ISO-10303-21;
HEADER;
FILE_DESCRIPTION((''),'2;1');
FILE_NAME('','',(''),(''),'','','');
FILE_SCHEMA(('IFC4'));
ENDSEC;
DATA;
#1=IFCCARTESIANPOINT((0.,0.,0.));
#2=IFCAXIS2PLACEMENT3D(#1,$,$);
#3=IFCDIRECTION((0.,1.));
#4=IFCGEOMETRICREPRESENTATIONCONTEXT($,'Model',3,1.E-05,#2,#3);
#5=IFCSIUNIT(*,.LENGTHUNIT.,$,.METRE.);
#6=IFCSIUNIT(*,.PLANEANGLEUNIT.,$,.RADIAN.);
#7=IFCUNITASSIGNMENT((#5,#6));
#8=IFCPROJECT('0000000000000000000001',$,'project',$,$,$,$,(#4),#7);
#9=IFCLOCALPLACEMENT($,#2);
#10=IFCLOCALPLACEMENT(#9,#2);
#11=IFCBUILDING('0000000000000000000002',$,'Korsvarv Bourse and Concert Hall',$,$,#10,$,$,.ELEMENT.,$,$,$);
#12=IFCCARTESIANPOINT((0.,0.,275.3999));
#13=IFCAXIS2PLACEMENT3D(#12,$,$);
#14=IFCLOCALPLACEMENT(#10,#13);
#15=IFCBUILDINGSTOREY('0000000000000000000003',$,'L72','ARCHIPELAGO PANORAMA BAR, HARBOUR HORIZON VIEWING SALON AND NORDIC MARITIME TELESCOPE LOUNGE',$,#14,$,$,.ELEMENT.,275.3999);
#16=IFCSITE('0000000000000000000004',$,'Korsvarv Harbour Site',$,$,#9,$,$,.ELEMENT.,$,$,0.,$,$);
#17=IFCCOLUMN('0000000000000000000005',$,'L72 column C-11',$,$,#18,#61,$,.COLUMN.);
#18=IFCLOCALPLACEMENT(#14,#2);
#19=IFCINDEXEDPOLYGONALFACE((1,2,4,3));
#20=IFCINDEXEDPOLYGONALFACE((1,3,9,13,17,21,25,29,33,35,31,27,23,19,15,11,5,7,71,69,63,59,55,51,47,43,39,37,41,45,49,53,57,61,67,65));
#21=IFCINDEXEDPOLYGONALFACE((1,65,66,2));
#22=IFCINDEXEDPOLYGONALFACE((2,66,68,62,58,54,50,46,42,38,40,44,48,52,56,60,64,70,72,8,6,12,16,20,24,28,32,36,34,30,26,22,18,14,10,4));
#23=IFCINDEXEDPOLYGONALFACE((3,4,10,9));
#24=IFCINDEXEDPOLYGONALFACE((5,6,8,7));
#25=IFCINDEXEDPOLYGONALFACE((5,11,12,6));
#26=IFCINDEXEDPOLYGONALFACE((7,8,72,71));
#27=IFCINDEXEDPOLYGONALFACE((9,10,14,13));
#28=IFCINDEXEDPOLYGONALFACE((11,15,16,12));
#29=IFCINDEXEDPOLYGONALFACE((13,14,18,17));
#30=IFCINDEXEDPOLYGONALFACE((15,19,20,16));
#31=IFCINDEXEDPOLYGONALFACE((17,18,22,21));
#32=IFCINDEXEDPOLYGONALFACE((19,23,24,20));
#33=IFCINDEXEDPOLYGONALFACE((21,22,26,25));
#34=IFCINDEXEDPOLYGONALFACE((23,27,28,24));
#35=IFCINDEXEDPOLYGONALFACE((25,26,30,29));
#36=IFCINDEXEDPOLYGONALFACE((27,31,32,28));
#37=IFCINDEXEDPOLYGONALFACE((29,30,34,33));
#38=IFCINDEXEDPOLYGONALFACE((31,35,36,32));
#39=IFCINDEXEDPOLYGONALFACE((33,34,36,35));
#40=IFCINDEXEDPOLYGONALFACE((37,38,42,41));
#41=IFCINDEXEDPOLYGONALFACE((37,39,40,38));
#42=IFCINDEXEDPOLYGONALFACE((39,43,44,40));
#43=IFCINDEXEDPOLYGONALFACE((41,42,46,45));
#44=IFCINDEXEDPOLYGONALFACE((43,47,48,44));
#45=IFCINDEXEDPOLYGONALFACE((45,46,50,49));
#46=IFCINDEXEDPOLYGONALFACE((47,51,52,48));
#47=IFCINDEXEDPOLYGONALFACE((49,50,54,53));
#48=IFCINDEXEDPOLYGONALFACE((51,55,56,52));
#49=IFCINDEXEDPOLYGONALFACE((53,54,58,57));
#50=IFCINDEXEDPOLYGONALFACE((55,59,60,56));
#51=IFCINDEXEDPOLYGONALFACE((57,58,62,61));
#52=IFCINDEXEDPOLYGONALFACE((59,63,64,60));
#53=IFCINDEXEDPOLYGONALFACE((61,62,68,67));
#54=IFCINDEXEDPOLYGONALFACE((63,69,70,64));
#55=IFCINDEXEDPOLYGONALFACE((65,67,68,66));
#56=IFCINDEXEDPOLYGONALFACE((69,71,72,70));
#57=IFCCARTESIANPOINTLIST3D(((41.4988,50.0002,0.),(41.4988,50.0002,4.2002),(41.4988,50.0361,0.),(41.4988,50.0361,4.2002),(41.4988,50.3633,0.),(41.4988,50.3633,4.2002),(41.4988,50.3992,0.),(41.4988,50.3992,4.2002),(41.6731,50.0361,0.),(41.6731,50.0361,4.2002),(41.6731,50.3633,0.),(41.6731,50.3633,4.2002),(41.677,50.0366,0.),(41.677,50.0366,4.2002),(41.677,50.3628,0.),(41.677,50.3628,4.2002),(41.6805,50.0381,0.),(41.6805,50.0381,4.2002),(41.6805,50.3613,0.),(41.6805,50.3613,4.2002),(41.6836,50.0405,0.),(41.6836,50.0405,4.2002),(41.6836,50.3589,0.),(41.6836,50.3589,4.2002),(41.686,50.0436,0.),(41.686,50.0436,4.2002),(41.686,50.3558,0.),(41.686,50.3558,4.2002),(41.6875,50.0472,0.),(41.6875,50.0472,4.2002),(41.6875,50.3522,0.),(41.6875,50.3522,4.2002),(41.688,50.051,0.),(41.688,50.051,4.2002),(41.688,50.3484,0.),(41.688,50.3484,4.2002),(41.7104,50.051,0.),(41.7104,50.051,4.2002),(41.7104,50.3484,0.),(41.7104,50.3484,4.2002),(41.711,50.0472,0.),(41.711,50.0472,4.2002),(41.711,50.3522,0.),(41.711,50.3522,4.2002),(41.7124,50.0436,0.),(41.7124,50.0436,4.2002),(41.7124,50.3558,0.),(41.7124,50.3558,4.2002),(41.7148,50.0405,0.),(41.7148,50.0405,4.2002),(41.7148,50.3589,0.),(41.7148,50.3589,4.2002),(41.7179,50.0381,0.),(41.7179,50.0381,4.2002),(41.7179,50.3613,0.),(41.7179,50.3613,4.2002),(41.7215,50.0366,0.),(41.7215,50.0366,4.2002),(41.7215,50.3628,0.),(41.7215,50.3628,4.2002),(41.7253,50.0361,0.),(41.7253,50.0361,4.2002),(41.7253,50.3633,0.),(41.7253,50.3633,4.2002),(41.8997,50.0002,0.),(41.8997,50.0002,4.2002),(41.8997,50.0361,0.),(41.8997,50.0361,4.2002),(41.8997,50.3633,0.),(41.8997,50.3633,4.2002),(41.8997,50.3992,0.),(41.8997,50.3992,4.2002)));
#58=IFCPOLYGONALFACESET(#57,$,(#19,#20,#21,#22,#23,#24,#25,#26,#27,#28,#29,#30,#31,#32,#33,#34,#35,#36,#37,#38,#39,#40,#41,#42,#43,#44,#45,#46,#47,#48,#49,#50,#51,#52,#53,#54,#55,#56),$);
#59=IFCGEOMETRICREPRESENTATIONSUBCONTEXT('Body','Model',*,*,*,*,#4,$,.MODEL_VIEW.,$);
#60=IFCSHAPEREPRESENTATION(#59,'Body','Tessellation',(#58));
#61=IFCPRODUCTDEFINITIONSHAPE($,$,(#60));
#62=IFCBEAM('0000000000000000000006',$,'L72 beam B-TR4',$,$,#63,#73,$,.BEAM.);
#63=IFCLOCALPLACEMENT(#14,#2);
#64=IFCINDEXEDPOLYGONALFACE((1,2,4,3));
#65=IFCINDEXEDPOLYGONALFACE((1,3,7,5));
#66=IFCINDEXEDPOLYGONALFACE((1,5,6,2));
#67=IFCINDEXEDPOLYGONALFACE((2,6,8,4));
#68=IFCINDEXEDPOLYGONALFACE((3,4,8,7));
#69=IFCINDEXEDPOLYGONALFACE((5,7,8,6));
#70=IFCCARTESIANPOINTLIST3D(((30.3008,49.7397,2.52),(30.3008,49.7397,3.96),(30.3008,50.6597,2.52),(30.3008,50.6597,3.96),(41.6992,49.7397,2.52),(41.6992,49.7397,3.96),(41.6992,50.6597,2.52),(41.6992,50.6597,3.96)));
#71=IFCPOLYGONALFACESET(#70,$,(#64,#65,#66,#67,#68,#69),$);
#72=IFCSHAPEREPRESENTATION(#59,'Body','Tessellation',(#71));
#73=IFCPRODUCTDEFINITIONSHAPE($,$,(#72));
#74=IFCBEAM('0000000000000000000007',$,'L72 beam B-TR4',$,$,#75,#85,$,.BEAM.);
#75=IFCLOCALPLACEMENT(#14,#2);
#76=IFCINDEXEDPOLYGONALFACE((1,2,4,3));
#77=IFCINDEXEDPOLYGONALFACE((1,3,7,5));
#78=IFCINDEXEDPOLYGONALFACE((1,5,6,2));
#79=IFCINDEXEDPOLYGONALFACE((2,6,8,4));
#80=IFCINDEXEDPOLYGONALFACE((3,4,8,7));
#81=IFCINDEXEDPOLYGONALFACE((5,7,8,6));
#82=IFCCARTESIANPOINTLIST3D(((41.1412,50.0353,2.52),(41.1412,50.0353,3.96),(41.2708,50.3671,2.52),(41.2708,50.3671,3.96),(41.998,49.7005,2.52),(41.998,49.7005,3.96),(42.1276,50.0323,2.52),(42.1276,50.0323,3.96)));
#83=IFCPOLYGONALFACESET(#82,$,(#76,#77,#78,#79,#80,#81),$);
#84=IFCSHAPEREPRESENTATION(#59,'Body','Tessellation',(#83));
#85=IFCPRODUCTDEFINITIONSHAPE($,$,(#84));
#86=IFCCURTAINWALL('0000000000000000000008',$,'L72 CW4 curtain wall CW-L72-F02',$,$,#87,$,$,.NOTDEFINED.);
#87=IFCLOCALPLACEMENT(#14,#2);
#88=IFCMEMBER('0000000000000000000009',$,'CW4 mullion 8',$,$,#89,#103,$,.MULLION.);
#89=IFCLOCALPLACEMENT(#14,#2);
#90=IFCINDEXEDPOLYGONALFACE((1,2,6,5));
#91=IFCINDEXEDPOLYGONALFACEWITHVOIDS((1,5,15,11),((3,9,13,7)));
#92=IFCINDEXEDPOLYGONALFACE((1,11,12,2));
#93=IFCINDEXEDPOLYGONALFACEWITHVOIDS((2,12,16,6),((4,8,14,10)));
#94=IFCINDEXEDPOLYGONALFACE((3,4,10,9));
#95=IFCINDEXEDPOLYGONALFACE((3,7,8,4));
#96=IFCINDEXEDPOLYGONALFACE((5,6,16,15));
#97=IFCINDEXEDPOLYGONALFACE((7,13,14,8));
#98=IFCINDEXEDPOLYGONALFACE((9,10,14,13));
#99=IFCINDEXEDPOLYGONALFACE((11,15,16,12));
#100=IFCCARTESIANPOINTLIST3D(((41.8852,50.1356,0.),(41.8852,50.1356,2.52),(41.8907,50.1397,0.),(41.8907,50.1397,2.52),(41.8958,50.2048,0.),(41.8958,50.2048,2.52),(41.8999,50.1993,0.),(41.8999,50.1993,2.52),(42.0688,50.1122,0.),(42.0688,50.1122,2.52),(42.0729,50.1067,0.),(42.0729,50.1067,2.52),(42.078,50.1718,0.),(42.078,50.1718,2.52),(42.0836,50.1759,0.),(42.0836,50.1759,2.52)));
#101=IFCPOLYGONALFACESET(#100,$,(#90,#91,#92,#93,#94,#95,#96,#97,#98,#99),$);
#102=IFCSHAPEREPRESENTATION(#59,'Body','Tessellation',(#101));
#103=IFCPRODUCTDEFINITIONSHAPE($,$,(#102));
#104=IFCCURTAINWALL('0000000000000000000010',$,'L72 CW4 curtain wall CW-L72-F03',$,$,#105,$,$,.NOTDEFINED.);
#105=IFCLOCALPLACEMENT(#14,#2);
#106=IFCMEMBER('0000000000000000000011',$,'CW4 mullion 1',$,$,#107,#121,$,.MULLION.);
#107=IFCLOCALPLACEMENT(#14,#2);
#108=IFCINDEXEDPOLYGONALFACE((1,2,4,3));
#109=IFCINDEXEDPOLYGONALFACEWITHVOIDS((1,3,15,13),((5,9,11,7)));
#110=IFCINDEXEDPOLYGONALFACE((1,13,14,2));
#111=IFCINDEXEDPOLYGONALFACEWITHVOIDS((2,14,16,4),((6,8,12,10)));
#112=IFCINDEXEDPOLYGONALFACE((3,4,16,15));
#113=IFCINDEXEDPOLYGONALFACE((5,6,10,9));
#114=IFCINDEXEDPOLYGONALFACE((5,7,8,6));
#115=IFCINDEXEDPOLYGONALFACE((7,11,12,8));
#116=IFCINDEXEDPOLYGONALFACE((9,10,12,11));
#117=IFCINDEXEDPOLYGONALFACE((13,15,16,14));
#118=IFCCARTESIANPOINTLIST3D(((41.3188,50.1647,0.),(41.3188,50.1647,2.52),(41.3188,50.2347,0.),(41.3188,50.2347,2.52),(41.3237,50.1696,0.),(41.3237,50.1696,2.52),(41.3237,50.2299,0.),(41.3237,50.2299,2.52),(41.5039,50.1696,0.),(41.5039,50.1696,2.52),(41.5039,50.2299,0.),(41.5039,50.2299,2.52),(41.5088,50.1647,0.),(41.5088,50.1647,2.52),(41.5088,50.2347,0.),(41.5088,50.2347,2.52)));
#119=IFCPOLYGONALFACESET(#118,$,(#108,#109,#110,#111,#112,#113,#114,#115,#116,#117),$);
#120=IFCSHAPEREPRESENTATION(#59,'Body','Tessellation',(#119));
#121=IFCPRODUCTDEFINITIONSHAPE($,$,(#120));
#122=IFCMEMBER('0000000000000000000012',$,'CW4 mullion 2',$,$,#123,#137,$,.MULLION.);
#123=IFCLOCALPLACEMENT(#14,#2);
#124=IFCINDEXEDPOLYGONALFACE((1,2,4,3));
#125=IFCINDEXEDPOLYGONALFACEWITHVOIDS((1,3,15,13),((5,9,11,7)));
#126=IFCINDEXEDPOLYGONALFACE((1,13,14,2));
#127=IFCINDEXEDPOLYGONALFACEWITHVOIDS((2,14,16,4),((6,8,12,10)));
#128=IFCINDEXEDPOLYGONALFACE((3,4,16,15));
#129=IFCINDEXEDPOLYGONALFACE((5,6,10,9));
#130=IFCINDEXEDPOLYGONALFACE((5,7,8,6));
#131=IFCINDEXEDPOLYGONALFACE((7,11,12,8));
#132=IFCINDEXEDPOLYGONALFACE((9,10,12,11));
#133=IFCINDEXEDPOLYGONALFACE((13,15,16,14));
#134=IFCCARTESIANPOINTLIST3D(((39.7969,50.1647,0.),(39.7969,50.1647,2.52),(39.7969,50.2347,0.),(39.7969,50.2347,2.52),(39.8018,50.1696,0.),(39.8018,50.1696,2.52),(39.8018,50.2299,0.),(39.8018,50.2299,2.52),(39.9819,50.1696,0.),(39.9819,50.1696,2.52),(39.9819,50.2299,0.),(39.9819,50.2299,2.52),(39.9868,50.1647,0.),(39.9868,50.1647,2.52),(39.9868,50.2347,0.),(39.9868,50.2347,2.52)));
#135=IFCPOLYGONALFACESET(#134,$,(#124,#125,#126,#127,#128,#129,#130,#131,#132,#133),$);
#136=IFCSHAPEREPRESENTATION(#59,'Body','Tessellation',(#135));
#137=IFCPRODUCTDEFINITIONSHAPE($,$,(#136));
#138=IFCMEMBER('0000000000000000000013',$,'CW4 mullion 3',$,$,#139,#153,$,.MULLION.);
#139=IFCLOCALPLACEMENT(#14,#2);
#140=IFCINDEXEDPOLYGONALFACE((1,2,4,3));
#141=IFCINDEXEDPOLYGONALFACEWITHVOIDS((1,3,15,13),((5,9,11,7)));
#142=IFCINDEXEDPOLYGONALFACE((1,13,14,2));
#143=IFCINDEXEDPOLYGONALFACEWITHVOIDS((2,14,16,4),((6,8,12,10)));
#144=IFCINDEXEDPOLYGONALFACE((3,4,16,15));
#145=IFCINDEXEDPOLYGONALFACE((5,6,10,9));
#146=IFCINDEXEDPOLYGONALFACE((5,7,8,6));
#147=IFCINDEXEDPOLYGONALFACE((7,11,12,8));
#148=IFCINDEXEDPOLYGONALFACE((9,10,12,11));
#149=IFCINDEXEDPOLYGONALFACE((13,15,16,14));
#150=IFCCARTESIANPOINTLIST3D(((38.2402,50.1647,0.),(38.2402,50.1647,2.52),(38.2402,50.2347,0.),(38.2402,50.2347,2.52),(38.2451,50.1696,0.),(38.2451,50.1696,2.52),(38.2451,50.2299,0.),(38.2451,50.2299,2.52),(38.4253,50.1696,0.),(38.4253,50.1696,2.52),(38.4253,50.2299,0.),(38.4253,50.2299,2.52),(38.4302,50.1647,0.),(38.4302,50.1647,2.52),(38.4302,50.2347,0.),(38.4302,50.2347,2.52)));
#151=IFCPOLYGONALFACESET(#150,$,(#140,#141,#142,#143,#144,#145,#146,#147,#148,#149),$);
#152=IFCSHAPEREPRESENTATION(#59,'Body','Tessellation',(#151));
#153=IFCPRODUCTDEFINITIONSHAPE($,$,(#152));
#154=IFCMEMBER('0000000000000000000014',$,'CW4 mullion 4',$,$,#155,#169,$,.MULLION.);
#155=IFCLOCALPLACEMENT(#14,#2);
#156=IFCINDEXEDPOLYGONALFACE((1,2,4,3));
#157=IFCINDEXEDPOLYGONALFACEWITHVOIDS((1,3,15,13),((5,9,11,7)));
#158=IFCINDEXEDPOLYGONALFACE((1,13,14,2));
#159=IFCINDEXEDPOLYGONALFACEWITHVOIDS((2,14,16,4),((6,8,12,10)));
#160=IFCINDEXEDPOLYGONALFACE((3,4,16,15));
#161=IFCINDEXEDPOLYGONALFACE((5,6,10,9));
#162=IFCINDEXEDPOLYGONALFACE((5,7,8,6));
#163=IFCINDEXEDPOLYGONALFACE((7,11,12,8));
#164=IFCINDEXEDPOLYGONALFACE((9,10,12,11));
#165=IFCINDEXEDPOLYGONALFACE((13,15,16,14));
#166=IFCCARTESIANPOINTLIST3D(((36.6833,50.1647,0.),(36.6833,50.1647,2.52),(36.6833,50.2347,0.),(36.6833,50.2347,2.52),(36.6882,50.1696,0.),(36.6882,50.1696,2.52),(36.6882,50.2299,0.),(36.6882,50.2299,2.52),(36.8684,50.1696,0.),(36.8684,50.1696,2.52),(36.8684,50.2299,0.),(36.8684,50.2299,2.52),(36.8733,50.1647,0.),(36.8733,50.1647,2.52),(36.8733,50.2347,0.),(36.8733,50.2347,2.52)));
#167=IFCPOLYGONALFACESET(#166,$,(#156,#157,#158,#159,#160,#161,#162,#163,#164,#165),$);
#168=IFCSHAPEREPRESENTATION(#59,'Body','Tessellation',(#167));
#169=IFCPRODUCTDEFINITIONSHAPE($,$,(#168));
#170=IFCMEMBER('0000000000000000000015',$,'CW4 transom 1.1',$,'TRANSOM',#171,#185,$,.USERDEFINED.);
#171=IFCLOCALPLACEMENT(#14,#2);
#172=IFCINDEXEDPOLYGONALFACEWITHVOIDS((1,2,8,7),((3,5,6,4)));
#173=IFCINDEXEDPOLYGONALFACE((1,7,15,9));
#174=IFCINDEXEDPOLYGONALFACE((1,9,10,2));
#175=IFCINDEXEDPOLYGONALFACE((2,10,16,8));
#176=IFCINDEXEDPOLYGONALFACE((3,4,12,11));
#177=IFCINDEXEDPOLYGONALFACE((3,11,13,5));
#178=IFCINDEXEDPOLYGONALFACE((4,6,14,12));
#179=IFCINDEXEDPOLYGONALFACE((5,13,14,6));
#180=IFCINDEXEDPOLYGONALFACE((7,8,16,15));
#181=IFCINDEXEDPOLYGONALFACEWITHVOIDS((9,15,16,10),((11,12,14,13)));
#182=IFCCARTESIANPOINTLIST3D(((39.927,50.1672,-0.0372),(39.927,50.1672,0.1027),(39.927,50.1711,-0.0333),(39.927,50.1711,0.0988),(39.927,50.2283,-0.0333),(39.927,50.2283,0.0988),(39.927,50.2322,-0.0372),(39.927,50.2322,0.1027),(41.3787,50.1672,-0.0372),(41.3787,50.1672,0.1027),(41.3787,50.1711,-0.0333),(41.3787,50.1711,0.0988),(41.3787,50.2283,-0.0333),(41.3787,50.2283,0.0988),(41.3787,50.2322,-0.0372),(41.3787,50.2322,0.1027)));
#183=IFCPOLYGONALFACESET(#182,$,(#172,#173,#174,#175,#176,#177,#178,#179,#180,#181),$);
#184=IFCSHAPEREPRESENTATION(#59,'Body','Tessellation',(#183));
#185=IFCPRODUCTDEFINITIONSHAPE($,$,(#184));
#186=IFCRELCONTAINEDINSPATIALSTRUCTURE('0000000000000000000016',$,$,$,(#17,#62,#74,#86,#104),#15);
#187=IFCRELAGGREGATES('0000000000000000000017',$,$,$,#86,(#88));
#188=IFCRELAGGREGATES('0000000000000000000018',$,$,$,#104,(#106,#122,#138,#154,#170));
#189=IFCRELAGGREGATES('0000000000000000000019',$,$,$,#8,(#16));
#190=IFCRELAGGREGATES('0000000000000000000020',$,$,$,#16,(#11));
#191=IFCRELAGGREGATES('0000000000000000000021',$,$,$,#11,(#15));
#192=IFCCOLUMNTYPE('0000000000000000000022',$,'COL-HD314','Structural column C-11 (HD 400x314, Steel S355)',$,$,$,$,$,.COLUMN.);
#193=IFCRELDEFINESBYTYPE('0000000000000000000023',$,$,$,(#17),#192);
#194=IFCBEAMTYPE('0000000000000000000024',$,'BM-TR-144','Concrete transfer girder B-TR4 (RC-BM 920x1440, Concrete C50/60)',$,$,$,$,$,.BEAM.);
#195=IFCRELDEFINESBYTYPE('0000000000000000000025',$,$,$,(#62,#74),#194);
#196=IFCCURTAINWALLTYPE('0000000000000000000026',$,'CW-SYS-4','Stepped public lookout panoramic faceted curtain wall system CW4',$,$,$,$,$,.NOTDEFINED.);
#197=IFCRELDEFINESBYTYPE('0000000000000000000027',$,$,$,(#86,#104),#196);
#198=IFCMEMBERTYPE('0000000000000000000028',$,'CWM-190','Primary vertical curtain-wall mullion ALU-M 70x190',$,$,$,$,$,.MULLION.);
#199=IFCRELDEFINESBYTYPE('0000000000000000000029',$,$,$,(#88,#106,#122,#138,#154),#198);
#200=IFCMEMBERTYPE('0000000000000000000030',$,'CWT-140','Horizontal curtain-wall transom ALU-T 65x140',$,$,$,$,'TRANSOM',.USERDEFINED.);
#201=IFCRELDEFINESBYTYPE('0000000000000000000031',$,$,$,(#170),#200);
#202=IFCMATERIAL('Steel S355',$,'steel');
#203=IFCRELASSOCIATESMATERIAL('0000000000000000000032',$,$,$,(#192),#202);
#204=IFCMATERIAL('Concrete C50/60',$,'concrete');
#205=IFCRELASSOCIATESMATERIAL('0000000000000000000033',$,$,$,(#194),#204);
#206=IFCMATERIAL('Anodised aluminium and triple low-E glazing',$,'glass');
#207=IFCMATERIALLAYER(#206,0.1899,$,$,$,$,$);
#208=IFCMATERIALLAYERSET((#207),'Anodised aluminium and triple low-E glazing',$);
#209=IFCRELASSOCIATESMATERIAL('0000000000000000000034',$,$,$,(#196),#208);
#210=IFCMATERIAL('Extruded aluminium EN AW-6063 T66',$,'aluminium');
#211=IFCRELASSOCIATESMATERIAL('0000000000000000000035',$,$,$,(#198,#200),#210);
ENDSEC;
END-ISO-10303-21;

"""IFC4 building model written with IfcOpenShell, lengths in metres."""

from ifc_helpers import new_model, si_unit, direction, frame, origin, origin_2d, place, context, subcontext, project, spatial, rectangle, hollow_rectangle, i_section, extrude, source, transform, mapped, material, layer, layer_set, material_profile, profile_set, type_object, element, aggregate, save


model = new_model("IFC4")

# Units and contexts
model_context = context("Model", 3, precision=1e-05, world=origin(), true_north=direction((0.0, 1.0)))
body_context = subcontext(model_context, "Body", "Model", "MODEL_VIEW")
ifc_project = project(units=[si_unit("LENGTHUNIT", "METRE"), si_unit("PLANEANGLEUNIT", "RADIAN")], contexts=[model_context])

# Site, building, storey
site_placement = place(None, origin())
site = spatial("IfcSite", under=ifc_project, at=site_placement, Name="Korsvarv Harbour Site", CompositionType="ELEMENT", RefElevation=0.0)
building_placement = place(site_placement, origin())
building = spatial("IfcBuilding", under=site, at=building_placement, Name="Korsvarv Bourse and Concert Hall", CompositionType="ELEMENT")
storey_placement = place(building_placement, frame((0.0, 0.0, 275.3999)))
storey = spatial("IfcBuildingStorey", under=building, at=storey_placement, Name="L72", Description="ARCHIPELAGO PANORAMA BAR, HARBOUR HORIZON VIEWING SALON AND NORDIC MARITIME TELESCOPE LOUNGE", CompositionType="ELEMENT", Elevation=275.3999)

# Column
ifc_material_1 = material(Name="Steel S355", Category="steel")
ifc_material_profile_1 = material_profile(ifc_material_1, i_section(OverallWidth=0.4009, OverallDepth=0.3989, WebThickness=0.0225, FlangeThickness=0.0359, FilletRadius=0.0149, at=origin_2d()), Name="HD 400x314")
ifc_profile_set_1 = profile_set([ifc_material_profile_1], Name="Steel S355")
column_type = type_object("IfcColumnType", Name="COL-HD314", Description="Structural column C-11 (HD 400x314, Steel S355)", PredefinedType="COLUMN", material=ifc_profile_set_1)
shared_shape_1 = source(origin(), body_context, "Body", "SweptSolid", [
    extrude(i_section(OverallWidth=0.4009, OverallDepth=0.3989, WebThickness=0.0225, FlangeThickness=0.0359, FilletRadius=0.0149, at=origin_2d()), origin(), (0.0, 0.0, 1.0), 4.2002),
])
column_placement = place(storey_placement, frame((41.6992, 50.1997, 0.0), z_axis=(0.0, 0.0, 1.0), x_axis=(1.0, 0.0, 0.0)))
element("IfcColumn", 1, at=column_placement, inside=storey, type_object=column_type, Name="L72 column C-11", PredefinedType="COLUMN", context=body_context, shape_type="MappedRepresentation", body=[
    mapped(shared_shape_1, transform((0.0, 0.0, 0.0), scale=1.0)),
])

# Beams
ifc_material_2 = material(Name="Concrete C50/60", Category="concrete")
ifc_material_profile_2 = material_profile(ifc_material_2, rectangle(XDim=0.9199, YDim=1.4399, at=origin_2d()), Name="RC-BM 920x1440")
ifc_profile_set_2 = profile_set([ifc_material_profile_2], Name="Concrete C50/60")
beam_type = type_object("IfcBeamType", Name="BM-TR-144", Description="Concrete transfer girder B-TR4 (RC-BM 920x1440, Concrete C50/60)", PredefinedType="BEAM", material=ifc_profile_set_2)
shared_shape_2 = source(origin(), body_context, "Body", "SweptSolid", [
    extrude(rectangle(XDim=0.9199, YDim=1.4399, at=origin_2d()), origin(), (0.0, 0.0, 1.0), 11.3984),
])
beam_1_placement = place(storey_placement, frame((41.6992, 50.1997, 3.24), z_axis=(-1.0, 0.0, 0.0), x_axis=(0.0, -1.0, 0.0)))
element("IfcBeam", 2, at=beam_1_placement, inside=storey, type_object=beam_type, Name="L72 beam B-TR4", PredefinedType="BEAM", context=body_context, shape_type="MappedRepresentation", body=[
    mapped(shared_shape_2, transform((0.0, 0.0, 0.0), scale=1.0)),
])
shared_shape_3 = source(origin(), body_context, "Body", "SweptSolid", [
    extrude(rectangle(XDim=0.9199, YDim=1.4399, at=origin_2d()), origin(), (0.0, 0.0, 1.0), 0.3562),
])
beam_2_placement = place(storey_placement, frame((41.6992, 50.1997, 3.24), z_axis=(-0.363934, -0.931425, 0.0), x_axis=(0.931425, -0.363934, 0.0)))
element("IfcBeam", 3, at=beam_2_placement, inside=storey, type_object=beam_type, Name="L72 beam B-TR4", PredefinedType="BEAM", context=body_context, shape_type="MappedRepresentation", body=[
    mapped(shared_shape_3, transform((0.0, 0.0, 0.0), scale=1.0)),
])

# Curtain wall, member
ifc_material_3 = material(Name="Anodised aluminium and triple low-E glazing", Category="glass")
ifc_layer_1 = layer(ifc_material_3, 0.1899)
ifc_layer_set_1 = layer_set([ifc_layer_1], Name="Anodised aluminium and triple low-E glazing")
curtain_wall_type = type_object("IfcCurtainWallType", Name="CW-SYS-4", Description="Stepped public lookout panoramic faceted curtain wall system CW4", PredefinedType="NOTDEFINED", material=ifc_layer_set_1)
curtain_wall_1_placement = place(storey_placement, origin())
curtain_wall_1 = element("IfcCurtainWall", 4, at=curtain_wall_1_placement, inside=storey, type_object=curtain_wall_type, Name="L72 CW4 curtain wall CW-L72-F02", PredefinedType="NOTDEFINED")
ifc_material_4 = material(Name="Extruded aluminium EN AW-6063 T66", Category="aluminium")
ifc_material_profile_3 = material_profile(ifc_material_4, hollow_rectangle(XDim=0.0701, YDim=0.1899, WallThickness=0.0049, at=origin_2d()), Name="ALU-M 70x190")
ifc_profile_set_3 = profile_set([ifc_material_profile_3], Name="Extruded aluminium EN AW-6063 T66")
member_type_1 = type_object("IfcMemberType", Name="CWM-190", Description="Primary vertical curtain-wall mullion ALU-M 70x190", PredefinedType="MULLION", material=ifc_profile_set_3)
shared_shape_4 = source(origin(), body_context, "Body", "SweptSolid", [
    extrude(hollow_rectangle(XDim=0.0701, YDim=0.1899, WallThickness=0.0049, at=origin_2d()), origin(), (0.0, 0.0, 1.0), 2.52),
])
member_1_placement = place(storey_placement, frame((41.9844, 50.1558, 0.0), z_axis=(0.0, 0.0, 1.0), x_axis=(-0.152234, -0.988345, 0.0)))
member_1 = element("IfcMember", 5, at=member_1_placement, type_object=member_type_1, Name="CW4 mullion 8", PredefinedType="MULLION", context=body_context, shape_type="MappedRepresentation", body=[
    mapped(shared_shape_4, transform((0.0, 0.0, 0.0), scale=1.0)),
])
aggregate(curtain_wall_1, [member_1])

# Curtain wall, members
curtain_wall_2_placement = place(storey_placement, origin())
curtain_wall_2 = element("IfcCurtainWall", 6, at=curtain_wall_2_placement, inside=storey, type_object=curtain_wall_type, Name="L72 CW4 curtain wall CW-L72-F03", PredefinedType="NOTDEFINED")
member_2_placement = place(storey_placement, frame((41.4138, 50.1997, 0.0), z_axis=(0.0, 0.0, 1.0), x_axis=(0.0, -1.0, 0.0)))
member_2 = element("IfcMember", 7, at=member_2_placement, type_object=member_type_1, Name="CW4 mullion 1", PredefinedType="MULLION", context=body_context, shape_type="MappedRepresentation", body=[
    mapped(shared_shape_4, transform((0.0, 0.0, 0.0), scale=1.0)),
])
member_3_placement = place(storey_placement, frame((39.8918, 50.1997, 0.0), z_axis=(0.0, 0.0, 1.0), x_axis=(0.0, -1.0, 0.0)))
member_3 = element("IfcMember", 8, at=member_3_placement, type_object=member_type_1, Name="CW4 mullion 2", PredefinedType="MULLION", context=body_context, shape_type="MappedRepresentation", body=[
    mapped(shared_shape_4, transform((0.0, 0.0, 0.0), scale=1.0)),
])
member_4_placement = place(storey_placement, frame((38.3352, 50.1997, 0.0), z_axis=(0.0, 0.0, 1.0), x_axis=(0.0, -1.0, 0.0)))
member_4 = element("IfcMember", 9, at=member_4_placement, type_object=member_type_1, Name="CW4 mullion 3", PredefinedType="MULLION", context=body_context, shape_type="MappedRepresentation", body=[
    mapped(shared_shape_4, transform((0.0, 0.0, 0.0), scale=1.0)),
])
member_5_placement = place(storey_placement, frame((36.7783, 50.1997, 0.0), z_axis=(0.0, 0.0, 1.0), x_axis=(0.0, -1.0, 0.0)))
member_5 = element("IfcMember", 10, at=member_5_placement, type_object=member_type_1, Name="CW4 mullion 4", PredefinedType="MULLION", context=body_context, shape_type="MappedRepresentation", body=[
    mapped(shared_shape_4, transform((0.0, 0.0, 0.0), scale=1.0)),
])
ifc_material_profile_4 = material_profile(ifc_material_4, hollow_rectangle(XDim=0.0649, YDim=0.1399, WallThickness=0.0039, at=origin_2d()), Name="ALU-T 65x140")
ifc_profile_set_4 = profile_set([ifc_material_profile_4], Name="Extruded aluminium EN AW-6063 T66")
member_type_2 = type_object("IfcMemberType", Name="CWT-140", Description="Horizontal curtain-wall transom ALU-T 65x140", ElementType="TRANSOM", PredefinedType="USERDEFINED", material=ifc_profile_set_4)
shared_shape_5 = source(origin(), body_context, "Body", "SweptSolid", [
    extrude(hollow_rectangle(XDim=0.0649, YDim=0.1399, WallThickness=0.0039, at=origin_2d()), origin(), (0.0, 0.0, 1.0), 1.4517),
])
member_6_placement = place(storey_placement, frame((41.3787, 50.1997, 0.0327), z_axis=(-1.0, 0.0, 0.0), x_axis=(0.0, -1.0, 0.0)))
member_6 = element("IfcMember", 11, at=member_6_placement, type_object=member_type_2, Name="CW4 transom 1.1", ObjectType="TRANSOM", PredefinedType="USERDEFINED", context=body_context, shape_type="MappedRepresentation", body=[
    mapped(shared_shape_5, transform((0.0, 0.0, 0.0), scale=1.0)),
])
aggregate(curtain_wall_2, [member_2, member_3, member_4, member_5, member_6])

save(model, "model.ifc")
